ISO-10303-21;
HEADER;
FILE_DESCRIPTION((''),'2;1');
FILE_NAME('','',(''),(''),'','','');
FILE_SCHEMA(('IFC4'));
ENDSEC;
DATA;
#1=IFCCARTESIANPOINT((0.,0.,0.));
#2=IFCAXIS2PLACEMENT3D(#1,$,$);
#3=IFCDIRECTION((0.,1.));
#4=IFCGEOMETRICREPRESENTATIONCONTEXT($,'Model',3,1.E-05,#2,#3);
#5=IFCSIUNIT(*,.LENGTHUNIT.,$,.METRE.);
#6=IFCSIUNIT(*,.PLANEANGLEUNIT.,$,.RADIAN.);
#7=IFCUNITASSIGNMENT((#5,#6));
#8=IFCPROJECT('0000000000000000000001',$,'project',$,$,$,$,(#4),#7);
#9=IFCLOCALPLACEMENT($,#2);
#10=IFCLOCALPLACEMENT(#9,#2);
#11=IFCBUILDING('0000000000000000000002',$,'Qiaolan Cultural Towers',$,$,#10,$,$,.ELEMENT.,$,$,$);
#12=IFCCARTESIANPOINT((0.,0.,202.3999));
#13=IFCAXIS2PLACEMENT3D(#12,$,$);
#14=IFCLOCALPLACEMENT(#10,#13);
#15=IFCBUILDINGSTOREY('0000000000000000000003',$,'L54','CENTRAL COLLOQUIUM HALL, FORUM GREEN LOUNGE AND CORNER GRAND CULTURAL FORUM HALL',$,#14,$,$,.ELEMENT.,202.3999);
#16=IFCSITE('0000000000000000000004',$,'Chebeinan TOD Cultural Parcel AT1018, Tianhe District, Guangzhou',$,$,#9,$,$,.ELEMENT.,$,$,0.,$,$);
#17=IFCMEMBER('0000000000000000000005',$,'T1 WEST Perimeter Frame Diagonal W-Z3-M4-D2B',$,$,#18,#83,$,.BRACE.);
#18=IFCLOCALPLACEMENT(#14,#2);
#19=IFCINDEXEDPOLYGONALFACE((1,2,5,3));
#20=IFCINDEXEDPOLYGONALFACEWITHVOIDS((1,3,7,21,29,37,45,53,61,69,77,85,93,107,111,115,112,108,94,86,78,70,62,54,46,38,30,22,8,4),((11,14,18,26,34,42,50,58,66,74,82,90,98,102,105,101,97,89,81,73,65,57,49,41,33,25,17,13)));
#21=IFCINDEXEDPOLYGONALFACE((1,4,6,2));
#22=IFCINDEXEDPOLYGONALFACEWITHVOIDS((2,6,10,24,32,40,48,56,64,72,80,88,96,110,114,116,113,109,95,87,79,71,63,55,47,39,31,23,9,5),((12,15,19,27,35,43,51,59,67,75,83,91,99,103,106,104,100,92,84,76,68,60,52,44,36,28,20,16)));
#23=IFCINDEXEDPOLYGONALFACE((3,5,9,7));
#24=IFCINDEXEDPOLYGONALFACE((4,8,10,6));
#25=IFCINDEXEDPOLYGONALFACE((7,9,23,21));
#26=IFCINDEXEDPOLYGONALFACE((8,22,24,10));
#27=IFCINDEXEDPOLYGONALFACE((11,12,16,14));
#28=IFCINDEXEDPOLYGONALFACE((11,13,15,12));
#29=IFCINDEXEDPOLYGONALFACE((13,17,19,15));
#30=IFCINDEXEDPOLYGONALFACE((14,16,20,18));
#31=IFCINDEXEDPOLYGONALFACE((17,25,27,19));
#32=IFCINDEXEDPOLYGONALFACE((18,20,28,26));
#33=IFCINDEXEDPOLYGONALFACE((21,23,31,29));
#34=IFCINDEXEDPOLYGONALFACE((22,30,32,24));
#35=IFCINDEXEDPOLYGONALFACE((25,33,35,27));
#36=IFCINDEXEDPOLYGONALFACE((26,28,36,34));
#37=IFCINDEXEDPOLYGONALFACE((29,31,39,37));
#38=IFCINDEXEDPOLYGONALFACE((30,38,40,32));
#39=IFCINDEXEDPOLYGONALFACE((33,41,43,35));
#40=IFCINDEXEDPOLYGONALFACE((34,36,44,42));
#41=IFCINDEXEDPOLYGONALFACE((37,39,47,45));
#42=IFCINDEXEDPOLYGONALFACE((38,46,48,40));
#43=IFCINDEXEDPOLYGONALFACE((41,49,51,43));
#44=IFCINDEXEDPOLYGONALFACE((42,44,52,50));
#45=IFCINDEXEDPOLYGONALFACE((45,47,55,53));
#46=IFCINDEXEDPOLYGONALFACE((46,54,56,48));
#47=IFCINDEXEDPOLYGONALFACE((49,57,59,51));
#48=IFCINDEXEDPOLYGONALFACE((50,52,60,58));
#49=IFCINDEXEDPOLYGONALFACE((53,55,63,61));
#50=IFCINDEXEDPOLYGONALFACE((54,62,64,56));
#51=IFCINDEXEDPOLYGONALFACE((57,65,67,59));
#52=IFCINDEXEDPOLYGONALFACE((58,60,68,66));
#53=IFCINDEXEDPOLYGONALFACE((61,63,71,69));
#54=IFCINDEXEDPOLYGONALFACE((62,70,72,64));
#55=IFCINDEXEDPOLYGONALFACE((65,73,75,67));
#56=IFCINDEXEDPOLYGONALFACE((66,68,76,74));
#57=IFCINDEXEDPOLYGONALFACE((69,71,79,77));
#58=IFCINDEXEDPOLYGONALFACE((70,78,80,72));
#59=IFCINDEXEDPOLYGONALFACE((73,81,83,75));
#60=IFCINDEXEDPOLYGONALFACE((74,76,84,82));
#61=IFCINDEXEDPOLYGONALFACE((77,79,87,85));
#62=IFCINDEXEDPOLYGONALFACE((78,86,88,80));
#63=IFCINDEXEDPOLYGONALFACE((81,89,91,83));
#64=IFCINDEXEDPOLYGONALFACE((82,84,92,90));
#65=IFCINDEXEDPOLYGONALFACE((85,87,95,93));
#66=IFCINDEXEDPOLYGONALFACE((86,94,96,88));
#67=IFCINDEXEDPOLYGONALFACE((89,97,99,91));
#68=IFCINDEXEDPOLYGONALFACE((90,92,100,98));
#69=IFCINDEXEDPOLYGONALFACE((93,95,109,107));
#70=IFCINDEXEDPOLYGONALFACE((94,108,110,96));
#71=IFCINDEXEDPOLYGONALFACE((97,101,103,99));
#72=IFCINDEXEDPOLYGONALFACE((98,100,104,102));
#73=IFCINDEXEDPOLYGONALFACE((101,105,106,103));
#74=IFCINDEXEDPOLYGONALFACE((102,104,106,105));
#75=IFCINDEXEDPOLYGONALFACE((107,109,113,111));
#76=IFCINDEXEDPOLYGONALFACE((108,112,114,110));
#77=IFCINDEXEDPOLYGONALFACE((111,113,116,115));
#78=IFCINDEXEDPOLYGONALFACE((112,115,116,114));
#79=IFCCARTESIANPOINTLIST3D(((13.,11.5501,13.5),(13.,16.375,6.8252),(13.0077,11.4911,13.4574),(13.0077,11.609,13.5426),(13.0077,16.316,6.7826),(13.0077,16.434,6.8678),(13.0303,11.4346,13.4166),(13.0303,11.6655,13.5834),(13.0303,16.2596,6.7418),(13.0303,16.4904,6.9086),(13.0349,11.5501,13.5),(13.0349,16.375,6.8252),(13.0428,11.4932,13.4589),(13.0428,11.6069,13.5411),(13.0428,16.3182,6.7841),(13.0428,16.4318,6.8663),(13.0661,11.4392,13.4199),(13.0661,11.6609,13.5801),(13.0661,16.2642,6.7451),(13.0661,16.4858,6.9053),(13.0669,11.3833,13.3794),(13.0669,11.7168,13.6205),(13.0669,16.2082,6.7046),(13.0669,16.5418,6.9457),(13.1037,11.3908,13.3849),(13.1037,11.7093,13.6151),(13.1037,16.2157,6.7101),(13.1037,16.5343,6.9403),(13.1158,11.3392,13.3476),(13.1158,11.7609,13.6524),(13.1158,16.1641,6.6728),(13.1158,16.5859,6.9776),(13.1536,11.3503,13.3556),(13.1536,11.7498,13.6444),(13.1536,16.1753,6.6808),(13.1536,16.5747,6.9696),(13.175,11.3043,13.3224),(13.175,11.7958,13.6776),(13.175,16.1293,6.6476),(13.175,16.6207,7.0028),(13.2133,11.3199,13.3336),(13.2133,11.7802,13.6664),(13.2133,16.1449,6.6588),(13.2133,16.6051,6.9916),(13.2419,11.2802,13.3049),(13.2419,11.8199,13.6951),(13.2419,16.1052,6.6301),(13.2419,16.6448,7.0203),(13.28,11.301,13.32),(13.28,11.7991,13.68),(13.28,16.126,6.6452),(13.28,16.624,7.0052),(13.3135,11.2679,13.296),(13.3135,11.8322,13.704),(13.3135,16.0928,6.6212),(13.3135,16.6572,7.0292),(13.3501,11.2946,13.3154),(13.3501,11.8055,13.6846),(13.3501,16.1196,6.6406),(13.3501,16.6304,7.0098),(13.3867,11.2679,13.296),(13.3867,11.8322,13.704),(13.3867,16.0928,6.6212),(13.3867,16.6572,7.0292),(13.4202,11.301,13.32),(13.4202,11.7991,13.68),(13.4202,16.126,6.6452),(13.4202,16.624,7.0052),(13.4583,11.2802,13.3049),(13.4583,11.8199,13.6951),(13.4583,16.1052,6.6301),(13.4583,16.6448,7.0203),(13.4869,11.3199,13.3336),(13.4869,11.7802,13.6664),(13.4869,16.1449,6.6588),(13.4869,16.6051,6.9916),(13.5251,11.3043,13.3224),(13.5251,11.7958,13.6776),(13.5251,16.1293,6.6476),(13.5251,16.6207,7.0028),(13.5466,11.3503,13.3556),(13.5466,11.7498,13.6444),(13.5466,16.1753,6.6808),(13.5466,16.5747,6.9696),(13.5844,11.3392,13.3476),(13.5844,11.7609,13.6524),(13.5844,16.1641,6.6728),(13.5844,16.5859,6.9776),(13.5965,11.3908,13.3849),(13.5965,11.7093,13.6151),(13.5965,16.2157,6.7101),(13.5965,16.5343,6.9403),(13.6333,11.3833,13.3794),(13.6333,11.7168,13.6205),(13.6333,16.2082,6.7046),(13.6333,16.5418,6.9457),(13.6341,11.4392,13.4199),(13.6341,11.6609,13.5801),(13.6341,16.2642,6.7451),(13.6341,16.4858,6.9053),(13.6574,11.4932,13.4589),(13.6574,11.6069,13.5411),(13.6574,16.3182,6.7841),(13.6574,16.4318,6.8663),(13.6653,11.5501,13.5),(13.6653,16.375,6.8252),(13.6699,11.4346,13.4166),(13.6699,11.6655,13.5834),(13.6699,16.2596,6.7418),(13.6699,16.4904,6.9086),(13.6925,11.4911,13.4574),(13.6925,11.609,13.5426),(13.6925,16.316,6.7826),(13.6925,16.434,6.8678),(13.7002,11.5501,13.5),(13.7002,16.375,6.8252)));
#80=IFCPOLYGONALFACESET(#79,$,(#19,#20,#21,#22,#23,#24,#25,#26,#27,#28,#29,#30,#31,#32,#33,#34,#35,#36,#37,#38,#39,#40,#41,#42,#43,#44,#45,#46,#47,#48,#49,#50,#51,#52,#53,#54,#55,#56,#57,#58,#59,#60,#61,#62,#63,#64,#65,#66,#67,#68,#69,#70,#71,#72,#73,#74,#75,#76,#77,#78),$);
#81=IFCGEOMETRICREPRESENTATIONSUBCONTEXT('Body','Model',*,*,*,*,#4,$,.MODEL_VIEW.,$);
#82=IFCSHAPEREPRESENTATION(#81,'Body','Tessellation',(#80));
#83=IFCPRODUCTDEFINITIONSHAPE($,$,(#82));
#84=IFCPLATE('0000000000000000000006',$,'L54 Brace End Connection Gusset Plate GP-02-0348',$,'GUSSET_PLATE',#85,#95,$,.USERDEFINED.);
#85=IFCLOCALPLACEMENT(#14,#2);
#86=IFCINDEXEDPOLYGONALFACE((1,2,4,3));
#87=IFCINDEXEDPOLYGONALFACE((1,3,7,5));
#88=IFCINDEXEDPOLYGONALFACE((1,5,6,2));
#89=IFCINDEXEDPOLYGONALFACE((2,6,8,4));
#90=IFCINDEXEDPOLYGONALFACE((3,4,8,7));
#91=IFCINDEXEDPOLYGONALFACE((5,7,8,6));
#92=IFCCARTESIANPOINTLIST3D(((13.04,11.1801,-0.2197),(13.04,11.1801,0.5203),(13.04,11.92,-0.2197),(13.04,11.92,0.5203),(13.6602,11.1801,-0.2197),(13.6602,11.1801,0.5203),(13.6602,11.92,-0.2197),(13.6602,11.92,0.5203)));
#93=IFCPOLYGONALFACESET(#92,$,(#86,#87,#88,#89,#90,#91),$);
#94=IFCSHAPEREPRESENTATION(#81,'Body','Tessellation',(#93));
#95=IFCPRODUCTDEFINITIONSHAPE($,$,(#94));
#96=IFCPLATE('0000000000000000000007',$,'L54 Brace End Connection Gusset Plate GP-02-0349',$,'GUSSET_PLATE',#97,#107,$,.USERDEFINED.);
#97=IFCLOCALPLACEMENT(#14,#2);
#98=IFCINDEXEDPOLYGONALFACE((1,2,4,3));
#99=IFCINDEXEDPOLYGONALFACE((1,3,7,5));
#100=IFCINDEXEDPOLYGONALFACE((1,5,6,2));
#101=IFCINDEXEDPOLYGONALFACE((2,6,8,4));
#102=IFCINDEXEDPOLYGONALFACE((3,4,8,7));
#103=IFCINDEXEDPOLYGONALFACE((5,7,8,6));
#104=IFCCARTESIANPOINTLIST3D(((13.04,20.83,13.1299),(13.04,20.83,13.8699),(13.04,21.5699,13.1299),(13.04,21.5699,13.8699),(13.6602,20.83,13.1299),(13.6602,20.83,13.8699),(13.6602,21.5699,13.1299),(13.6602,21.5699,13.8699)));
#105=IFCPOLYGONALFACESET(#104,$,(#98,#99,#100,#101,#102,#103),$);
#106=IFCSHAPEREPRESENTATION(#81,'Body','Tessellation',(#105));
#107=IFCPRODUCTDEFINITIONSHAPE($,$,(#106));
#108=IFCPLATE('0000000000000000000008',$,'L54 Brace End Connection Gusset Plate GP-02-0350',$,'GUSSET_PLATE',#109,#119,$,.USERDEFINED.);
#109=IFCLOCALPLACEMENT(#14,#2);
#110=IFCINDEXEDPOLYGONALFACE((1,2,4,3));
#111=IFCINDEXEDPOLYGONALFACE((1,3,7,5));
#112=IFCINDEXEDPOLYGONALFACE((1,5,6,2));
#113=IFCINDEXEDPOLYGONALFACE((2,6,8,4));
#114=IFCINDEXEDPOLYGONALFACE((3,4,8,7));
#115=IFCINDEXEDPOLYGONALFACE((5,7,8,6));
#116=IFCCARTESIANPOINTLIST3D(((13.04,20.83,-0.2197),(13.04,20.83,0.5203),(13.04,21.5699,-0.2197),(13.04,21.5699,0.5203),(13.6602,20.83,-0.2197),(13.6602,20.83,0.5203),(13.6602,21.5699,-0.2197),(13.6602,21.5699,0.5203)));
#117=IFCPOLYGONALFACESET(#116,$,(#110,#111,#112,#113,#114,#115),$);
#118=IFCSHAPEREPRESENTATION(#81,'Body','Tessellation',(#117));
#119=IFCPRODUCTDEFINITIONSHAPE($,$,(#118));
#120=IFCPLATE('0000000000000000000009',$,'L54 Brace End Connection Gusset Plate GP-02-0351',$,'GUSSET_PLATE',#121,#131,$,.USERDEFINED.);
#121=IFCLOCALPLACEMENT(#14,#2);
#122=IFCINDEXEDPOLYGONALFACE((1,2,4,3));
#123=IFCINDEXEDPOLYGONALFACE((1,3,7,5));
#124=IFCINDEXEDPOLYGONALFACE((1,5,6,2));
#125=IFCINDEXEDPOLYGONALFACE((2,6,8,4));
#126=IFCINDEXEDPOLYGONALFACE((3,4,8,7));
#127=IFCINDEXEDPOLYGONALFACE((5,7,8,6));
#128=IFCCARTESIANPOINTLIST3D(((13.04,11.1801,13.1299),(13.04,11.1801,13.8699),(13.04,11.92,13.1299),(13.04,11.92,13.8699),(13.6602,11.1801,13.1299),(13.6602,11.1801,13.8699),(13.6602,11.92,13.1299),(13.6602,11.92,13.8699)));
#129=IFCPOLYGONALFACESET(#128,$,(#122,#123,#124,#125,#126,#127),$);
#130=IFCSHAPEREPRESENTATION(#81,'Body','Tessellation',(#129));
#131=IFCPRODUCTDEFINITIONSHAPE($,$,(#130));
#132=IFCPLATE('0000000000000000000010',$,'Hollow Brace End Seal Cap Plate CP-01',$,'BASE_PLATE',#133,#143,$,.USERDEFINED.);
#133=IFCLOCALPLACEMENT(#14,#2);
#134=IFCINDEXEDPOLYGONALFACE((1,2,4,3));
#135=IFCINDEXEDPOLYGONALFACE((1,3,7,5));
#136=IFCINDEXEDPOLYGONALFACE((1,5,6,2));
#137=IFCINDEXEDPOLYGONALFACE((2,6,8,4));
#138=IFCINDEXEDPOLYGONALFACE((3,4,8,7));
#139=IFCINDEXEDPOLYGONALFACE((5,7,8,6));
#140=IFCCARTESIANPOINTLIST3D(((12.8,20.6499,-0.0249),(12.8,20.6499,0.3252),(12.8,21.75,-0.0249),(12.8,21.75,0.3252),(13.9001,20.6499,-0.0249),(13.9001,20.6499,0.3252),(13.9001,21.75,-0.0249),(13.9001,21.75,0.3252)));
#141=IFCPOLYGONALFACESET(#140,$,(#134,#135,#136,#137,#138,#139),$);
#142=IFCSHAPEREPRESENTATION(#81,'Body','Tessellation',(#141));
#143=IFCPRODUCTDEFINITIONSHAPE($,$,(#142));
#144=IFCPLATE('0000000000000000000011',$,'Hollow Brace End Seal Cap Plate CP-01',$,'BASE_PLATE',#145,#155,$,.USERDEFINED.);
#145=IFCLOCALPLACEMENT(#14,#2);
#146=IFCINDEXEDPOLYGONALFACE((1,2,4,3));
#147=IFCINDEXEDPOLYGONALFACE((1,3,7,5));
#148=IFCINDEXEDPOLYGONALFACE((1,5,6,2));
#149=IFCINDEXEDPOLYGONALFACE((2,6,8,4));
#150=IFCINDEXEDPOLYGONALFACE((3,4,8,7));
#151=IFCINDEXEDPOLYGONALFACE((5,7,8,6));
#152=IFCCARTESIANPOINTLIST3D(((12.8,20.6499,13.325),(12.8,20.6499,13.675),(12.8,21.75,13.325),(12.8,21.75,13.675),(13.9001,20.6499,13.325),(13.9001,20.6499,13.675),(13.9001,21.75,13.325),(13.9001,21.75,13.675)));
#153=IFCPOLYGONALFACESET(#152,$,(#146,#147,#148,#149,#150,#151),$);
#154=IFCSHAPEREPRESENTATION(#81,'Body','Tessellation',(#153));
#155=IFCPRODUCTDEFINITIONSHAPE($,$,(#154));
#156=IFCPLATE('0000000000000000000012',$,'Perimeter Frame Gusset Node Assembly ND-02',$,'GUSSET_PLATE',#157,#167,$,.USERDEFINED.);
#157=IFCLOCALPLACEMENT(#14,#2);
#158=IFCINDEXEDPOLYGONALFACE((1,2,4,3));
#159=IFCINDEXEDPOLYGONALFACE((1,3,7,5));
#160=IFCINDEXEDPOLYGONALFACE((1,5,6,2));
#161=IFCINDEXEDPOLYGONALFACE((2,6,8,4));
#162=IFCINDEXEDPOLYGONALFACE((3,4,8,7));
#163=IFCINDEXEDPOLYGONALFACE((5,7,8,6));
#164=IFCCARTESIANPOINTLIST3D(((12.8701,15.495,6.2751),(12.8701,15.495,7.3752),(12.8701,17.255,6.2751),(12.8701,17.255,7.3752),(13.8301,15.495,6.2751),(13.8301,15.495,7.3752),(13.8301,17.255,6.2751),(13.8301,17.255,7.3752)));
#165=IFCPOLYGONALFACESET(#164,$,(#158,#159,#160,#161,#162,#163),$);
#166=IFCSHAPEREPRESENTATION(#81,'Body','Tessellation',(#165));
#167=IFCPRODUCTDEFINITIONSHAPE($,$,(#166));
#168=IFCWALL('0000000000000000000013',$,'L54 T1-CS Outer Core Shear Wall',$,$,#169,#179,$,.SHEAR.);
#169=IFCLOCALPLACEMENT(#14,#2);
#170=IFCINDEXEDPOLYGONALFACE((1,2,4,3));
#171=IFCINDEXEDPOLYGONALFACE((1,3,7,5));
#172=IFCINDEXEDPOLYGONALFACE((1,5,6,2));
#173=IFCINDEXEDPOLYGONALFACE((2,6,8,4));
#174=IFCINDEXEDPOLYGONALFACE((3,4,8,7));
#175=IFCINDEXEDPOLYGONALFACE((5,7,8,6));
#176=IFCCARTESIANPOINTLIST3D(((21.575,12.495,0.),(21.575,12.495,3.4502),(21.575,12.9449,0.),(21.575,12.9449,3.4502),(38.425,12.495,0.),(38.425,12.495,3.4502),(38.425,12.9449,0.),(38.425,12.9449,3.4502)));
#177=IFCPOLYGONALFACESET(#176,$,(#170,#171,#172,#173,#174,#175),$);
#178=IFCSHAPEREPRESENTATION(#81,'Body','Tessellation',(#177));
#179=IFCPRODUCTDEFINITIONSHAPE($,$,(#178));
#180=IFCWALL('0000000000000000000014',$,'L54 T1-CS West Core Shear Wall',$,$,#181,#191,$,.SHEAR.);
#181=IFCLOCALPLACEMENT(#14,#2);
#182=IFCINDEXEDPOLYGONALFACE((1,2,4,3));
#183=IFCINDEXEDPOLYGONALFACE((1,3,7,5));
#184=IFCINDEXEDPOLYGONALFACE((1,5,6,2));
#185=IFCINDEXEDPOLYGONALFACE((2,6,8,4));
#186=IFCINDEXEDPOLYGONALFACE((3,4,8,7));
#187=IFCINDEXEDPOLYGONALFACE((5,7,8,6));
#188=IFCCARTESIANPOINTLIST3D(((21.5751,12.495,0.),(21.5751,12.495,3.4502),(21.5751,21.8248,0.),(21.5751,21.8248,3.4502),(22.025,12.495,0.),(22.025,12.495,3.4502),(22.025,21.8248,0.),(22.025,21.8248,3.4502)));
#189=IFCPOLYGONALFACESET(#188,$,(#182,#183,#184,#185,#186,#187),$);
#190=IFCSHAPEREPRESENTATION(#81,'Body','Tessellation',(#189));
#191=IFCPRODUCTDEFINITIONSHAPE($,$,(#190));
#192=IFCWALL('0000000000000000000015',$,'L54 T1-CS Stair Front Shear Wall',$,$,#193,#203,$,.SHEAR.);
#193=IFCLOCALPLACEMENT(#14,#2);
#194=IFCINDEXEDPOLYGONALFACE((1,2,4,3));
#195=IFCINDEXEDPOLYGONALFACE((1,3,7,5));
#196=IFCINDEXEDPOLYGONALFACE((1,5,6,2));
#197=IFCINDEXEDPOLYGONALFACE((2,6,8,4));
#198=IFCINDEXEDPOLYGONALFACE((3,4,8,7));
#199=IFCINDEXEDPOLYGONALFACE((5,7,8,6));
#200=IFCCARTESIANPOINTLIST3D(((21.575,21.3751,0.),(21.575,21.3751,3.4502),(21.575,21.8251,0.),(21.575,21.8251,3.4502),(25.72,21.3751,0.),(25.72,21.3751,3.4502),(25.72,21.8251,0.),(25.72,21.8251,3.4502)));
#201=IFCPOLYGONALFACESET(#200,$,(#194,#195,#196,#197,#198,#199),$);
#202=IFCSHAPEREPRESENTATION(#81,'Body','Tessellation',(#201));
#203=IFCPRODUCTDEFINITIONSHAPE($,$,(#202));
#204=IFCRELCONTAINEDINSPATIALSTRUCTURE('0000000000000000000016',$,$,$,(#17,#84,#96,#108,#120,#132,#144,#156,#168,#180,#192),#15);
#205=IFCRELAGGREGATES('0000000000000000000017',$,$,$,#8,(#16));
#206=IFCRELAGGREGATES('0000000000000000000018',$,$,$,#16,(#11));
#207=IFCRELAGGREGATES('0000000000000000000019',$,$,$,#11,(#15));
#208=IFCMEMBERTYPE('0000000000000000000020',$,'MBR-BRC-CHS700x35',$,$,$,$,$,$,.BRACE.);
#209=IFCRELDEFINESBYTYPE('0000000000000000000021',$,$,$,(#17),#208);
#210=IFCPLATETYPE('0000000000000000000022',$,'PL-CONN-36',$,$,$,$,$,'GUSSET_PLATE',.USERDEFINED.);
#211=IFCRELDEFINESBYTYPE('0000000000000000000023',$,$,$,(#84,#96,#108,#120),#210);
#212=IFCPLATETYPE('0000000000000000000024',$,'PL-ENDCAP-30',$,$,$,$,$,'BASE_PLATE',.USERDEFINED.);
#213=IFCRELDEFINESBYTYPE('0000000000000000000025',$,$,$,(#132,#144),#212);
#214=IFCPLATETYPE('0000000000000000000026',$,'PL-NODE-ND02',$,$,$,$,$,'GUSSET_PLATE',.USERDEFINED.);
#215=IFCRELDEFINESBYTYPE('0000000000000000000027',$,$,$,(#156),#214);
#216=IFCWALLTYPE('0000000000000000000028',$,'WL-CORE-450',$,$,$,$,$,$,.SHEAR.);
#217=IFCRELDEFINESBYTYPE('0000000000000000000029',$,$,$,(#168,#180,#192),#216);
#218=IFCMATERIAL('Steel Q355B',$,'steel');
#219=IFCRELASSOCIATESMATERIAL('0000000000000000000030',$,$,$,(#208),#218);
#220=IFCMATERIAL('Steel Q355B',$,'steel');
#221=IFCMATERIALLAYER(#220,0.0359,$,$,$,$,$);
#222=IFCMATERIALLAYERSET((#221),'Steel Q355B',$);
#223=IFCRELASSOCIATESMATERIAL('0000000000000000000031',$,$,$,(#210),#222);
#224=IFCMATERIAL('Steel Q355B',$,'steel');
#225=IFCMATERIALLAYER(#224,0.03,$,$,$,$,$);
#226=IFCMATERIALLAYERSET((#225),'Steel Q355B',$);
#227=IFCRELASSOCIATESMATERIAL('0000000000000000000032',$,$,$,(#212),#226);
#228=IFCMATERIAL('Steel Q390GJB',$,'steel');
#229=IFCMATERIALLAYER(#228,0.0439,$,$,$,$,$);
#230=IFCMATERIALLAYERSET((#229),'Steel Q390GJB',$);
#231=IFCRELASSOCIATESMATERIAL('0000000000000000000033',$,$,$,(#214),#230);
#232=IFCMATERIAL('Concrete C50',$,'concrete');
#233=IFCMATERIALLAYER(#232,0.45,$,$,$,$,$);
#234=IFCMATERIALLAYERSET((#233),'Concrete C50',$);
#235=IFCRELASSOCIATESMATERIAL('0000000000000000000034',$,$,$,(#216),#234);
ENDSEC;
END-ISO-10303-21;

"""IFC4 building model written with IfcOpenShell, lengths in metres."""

from ifc_helpers import new_model, si_unit, direction, frame, frame_2d, origin, origin_2d, place, context, subcontext, project, spatial, rectangle, hollow_circle, extrude, material, layer, layer_set, material_profile, profile_set, type_object, element, save


model = new_model("IFC4")

# Units and contexts
model_context = context("Model", 3, precision=1e-05, world=origin(), true_north=direction((0.0, 1.0)))
body_context = subcontext(model_context, "Body", "Model", "MODEL_VIEW")
ifc_project = project(units=[si_unit("LENGTHUNIT", "METRE"), si_unit("PLANEANGLEUNIT", "RADIAN")], contexts=[model_context])

# Site, building, storey
site_placement = place(None, origin())
site = spatial("IfcSite", under=ifc_project, at=site_placement, Name="Chebeinan TOD Cultural Parcel AT1018, Tianhe District, Guangzhou", CompositionType="ELEMENT", RefElevation=0.0)
building_placement = place(site_placement, origin())
building = spatial("IfcBuilding", under=site, at=building_placement, Name="Qiaolan Cultural Towers", CompositionType="ELEMENT")
storey_placement = place(building_placement, frame((0.0, 0.0, 202.3999)))
storey = spatial("IfcBuildingStorey", under=building, at=storey_placement, Name="L54", Description="CENTRAL COLLOQUIUM HALL, FORUM GREEN LOUNGE AND CORNER GRAND CULTURAL FORUM HALL", CompositionType="ELEMENT", Elevation=202.3999)

# Member
ifc_material_1 = material(Name="Steel Q355B", Category="steel")
ifc_material_profile_1 = material_profile(ifc_material_1, hollow_circle(Radius=0.3501, WallThickness=0.0349, at=origin_2d()), Name="CHS700x35")
ifc_profile_set_1 = profile_set([ifc_material_profile_1], Name="Steel Q355B")
member_type = type_object("IfcMemberType", Name="MBR-BRC-CHS700x35", PredefinedType="BRACE", material=ifc_profile_set_1)
member_1_placement = place(storey_placement, frame((13.3501, 16.375, 6.8252), z_axis=(0.0, -0.58583, 0.810434), x_axis=(1.0, 0.0, 0.0)))
element("IfcMember", 1, at=member_1_placement, inside=storey, type_object=member_type, Name="T1 WEST Perimeter Frame Diagonal W-Z3-M4-D2B", PredefinedType="BRACE", context=body_context, shape_type="SweptSolid", body=[
    extrude(hollow_circle(Radius=0.3501, WallThickness=0.0349, at=origin_2d()), origin(), (0.0, 0.0, 1.0), 8.2361),
])

# Plates
ifc_material_2 = material(Name="Steel Q355B", Category="steel")
ifc_layer_1 = layer(ifc_material_2, 0.0359)
ifc_layer_set_1 = layer_set([ifc_layer_1], Name="Steel Q355B")
plate_type_1 = type_object("IfcPlateType", Name="PL-CONN-36", ElementType="GUSSET_PLATE", PredefinedType="USERDEFINED", material=ifc_layer_set_1)
for number, where, z_axis, x_axis, name in (
    (2, (13.3501, 11.55, -0.2197), (0.0, 0.0, 1.0), (0.0, 1.0, 0.0), "L54 Brace End Connection Gusset Plate GP-02-0348"),
    (3, (13.3501, 21.2, 13.1299), (0.0, 0.0, 1.0), (0.0, 1.0, 0.0), "L54 Brace End Connection Gusset Plate GP-02-0349"),
    (4, (13.3501, 21.2, -0.2197), (0.0, 0.0, 1.0), (0.0, 1.0, 0.0), "L54 Brace End Connection Gusset Plate GP-02-0350"),
    (5, (13.3501, 11.55, 13.1299), (0.0, 0.0, 1.0), (0.0, 1.0, 0.0), "L54 Brace End Connection Gusset Plate GP-02-0351"),
):
    element("IfcPlate", number, at=place(storey_placement, frame(where, z_axis=z_axis, x_axis=x_axis)), inside=storey, type_object=plate_type_1, Name=name, ObjectType="GUSSET_PLATE", PredefinedType="USERDEFINED", context=body_context, shape_type="SweptSolid", body=[
        extrude(rectangle(XDim=0.74, YDim=0.6201, at=origin_2d()), origin(), (0.0, 0.0, 1.0), 0.74),
    ])
ifc_material_3 = material(Name="Steel Q355B", Category="steel")
ifc_layer_2 = layer(ifc_material_3, 0.03)
ifc_layer_set_2 = layer_set([ifc_layer_2], Name="Steel Q355B")
plate_type_2 = type_object("IfcPlateType", Name="PL-ENDCAP-30", ElementType="BASE_PLATE", PredefinedType="USERDEFINED", material=ifc_layer_set_2)
for number, where, z_axis, x_axis, name in (
    (6, (13.3501, 21.2, -0.0249), (0.0, 0.0, 1.0), (0.0, 1.0, 0.0), "Hollow Brace End Seal Cap Plate CP-01"),
    (7, (13.3501, 21.2, 13.325), (0.0, 0.0, 1.0), (0.0, 1.0, 0.0), "Hollow Brace End Seal Cap Plate CP-01"),
):
    element("IfcPlate", number, at=place(storey_placement, frame(where, z_axis=z_axis, x_axis=x_axis)), inside=storey, type_object=plate_type_2, Name=name, ObjectType="BASE_PLATE", PredefinedType="USERDEFINED", context=body_context, shape_type="SweptSolid", body=[
        extrude(rectangle(XDim=1.1001, YDim=1.1001, at=origin_2d()), origin(), (0.0, 0.0, 1.0), 0.3501),
    ])
ifc_material_4 = material(Name="Steel Q390GJB", Category="steel")
ifc_layer_3 = layer(ifc_material_4, 0.0439)
ifc_layer_set_3 = layer_set([ifc_layer_3], Name="Steel Q390GJB")
plate_type_3 = type_object("IfcPlateType", Name="PL-NODE-ND02", ElementType="GUSSET_PLATE", PredefinedType="USERDEFINED", material=ifc_layer_set_3)
plate_placement = place(storey_placement, frame((13.3501, 16.375, 6.2751), z_axis=(0.0, 0.0, 1.0), x_axis=(0.0, 1.0, 0.0)))
element("IfcPlate", 8, at=plate_placement, inside=storey, type_object=plate_type_3, Name="Perimeter Frame Gusset Node Assembly ND-02", ObjectType="GUSSET_PLATE", PredefinedType="USERDEFINED", context=body_context, shape_type="SweptSolid", body=[
    extrude(rectangle(XDim=1.76, YDim=0.96, at=origin_2d()), origin(), (0.0, 0.0, 1.0), 1.1001),
])

# Walls
ifc_material_5 = material(Name="Concrete C50", Category="concrete")
ifc_layer_4 = layer(ifc_material_5, 0.45)
ifc_layer_set_4 = layer_set([ifc_layer_4], Name="Concrete C50")
wall_type_1 = type_object("IfcWallType", Name="WL-CORE-450", PredefinedType="SHEAR", material=ifc_layer_set_4)
wall_1_placement = place(storey_placement, frame((21.575, 12.72, 0.0), z_axis=(0.0, 0.0, 1.0), x_axis=(1.0, 0.0, 0.0)))
element("IfcWall", 9, at=wall_1_placement, inside=storey, type_object=wall_type_1, Name="L54 T1-CS Outer Core Shear Wall", PredefinedType="SHEAR", context=body_context, shape_type="SweptSolid", body=[
    extrude(rectangle(XDim=16.8501, YDim=0.45, at=frame_2d((8.425, 0.0))), origin(), (0.0, 0.0, 1.0), 3.4502),
])
wall_2_placement = place(storey_placement, frame((21.8, 21.825, 0.0), z_axis=(0.0, 0.0, 1.0), x_axis=(0.0, -1.0, 0.0)))
element("IfcWall", 10, at=wall_2_placement, inside=storey, type_object=wall_type_1, Name="L54 T1-CS West Core Shear Wall", PredefinedType="SHEAR", context=body_context, shape_type="SweptSolid", body=[
    extrude(rectangle(XDim=9.3298, YDim=0.45, at=frame_2d((4.665, 0.0))), origin(), (0.0, 0.0, 1.0), 3.4502),
])
wall_3_placement = place(storey_placement, frame((21.575, 21.6001, 0.0), z_axis=(0.0, 0.0, 1.0), x_axis=(1.0, 0.0, 0.0)))
element("IfcWall", 11, at=wall_3_placement, inside=storey, type_object=wall_type_1, Name="L54 T1-CS Stair Front Shear Wall", PredefinedType="SHEAR", context=body_context, shape_type="SweptSolid", body=[
    extrude(rectangle(XDim=4.145, YDim=0.45, at=frame_2d((2.0725, 0.0))), origin(), (0.0, 0.0, 1.0), 3.4502),
])

save(model, "model.ifc")
